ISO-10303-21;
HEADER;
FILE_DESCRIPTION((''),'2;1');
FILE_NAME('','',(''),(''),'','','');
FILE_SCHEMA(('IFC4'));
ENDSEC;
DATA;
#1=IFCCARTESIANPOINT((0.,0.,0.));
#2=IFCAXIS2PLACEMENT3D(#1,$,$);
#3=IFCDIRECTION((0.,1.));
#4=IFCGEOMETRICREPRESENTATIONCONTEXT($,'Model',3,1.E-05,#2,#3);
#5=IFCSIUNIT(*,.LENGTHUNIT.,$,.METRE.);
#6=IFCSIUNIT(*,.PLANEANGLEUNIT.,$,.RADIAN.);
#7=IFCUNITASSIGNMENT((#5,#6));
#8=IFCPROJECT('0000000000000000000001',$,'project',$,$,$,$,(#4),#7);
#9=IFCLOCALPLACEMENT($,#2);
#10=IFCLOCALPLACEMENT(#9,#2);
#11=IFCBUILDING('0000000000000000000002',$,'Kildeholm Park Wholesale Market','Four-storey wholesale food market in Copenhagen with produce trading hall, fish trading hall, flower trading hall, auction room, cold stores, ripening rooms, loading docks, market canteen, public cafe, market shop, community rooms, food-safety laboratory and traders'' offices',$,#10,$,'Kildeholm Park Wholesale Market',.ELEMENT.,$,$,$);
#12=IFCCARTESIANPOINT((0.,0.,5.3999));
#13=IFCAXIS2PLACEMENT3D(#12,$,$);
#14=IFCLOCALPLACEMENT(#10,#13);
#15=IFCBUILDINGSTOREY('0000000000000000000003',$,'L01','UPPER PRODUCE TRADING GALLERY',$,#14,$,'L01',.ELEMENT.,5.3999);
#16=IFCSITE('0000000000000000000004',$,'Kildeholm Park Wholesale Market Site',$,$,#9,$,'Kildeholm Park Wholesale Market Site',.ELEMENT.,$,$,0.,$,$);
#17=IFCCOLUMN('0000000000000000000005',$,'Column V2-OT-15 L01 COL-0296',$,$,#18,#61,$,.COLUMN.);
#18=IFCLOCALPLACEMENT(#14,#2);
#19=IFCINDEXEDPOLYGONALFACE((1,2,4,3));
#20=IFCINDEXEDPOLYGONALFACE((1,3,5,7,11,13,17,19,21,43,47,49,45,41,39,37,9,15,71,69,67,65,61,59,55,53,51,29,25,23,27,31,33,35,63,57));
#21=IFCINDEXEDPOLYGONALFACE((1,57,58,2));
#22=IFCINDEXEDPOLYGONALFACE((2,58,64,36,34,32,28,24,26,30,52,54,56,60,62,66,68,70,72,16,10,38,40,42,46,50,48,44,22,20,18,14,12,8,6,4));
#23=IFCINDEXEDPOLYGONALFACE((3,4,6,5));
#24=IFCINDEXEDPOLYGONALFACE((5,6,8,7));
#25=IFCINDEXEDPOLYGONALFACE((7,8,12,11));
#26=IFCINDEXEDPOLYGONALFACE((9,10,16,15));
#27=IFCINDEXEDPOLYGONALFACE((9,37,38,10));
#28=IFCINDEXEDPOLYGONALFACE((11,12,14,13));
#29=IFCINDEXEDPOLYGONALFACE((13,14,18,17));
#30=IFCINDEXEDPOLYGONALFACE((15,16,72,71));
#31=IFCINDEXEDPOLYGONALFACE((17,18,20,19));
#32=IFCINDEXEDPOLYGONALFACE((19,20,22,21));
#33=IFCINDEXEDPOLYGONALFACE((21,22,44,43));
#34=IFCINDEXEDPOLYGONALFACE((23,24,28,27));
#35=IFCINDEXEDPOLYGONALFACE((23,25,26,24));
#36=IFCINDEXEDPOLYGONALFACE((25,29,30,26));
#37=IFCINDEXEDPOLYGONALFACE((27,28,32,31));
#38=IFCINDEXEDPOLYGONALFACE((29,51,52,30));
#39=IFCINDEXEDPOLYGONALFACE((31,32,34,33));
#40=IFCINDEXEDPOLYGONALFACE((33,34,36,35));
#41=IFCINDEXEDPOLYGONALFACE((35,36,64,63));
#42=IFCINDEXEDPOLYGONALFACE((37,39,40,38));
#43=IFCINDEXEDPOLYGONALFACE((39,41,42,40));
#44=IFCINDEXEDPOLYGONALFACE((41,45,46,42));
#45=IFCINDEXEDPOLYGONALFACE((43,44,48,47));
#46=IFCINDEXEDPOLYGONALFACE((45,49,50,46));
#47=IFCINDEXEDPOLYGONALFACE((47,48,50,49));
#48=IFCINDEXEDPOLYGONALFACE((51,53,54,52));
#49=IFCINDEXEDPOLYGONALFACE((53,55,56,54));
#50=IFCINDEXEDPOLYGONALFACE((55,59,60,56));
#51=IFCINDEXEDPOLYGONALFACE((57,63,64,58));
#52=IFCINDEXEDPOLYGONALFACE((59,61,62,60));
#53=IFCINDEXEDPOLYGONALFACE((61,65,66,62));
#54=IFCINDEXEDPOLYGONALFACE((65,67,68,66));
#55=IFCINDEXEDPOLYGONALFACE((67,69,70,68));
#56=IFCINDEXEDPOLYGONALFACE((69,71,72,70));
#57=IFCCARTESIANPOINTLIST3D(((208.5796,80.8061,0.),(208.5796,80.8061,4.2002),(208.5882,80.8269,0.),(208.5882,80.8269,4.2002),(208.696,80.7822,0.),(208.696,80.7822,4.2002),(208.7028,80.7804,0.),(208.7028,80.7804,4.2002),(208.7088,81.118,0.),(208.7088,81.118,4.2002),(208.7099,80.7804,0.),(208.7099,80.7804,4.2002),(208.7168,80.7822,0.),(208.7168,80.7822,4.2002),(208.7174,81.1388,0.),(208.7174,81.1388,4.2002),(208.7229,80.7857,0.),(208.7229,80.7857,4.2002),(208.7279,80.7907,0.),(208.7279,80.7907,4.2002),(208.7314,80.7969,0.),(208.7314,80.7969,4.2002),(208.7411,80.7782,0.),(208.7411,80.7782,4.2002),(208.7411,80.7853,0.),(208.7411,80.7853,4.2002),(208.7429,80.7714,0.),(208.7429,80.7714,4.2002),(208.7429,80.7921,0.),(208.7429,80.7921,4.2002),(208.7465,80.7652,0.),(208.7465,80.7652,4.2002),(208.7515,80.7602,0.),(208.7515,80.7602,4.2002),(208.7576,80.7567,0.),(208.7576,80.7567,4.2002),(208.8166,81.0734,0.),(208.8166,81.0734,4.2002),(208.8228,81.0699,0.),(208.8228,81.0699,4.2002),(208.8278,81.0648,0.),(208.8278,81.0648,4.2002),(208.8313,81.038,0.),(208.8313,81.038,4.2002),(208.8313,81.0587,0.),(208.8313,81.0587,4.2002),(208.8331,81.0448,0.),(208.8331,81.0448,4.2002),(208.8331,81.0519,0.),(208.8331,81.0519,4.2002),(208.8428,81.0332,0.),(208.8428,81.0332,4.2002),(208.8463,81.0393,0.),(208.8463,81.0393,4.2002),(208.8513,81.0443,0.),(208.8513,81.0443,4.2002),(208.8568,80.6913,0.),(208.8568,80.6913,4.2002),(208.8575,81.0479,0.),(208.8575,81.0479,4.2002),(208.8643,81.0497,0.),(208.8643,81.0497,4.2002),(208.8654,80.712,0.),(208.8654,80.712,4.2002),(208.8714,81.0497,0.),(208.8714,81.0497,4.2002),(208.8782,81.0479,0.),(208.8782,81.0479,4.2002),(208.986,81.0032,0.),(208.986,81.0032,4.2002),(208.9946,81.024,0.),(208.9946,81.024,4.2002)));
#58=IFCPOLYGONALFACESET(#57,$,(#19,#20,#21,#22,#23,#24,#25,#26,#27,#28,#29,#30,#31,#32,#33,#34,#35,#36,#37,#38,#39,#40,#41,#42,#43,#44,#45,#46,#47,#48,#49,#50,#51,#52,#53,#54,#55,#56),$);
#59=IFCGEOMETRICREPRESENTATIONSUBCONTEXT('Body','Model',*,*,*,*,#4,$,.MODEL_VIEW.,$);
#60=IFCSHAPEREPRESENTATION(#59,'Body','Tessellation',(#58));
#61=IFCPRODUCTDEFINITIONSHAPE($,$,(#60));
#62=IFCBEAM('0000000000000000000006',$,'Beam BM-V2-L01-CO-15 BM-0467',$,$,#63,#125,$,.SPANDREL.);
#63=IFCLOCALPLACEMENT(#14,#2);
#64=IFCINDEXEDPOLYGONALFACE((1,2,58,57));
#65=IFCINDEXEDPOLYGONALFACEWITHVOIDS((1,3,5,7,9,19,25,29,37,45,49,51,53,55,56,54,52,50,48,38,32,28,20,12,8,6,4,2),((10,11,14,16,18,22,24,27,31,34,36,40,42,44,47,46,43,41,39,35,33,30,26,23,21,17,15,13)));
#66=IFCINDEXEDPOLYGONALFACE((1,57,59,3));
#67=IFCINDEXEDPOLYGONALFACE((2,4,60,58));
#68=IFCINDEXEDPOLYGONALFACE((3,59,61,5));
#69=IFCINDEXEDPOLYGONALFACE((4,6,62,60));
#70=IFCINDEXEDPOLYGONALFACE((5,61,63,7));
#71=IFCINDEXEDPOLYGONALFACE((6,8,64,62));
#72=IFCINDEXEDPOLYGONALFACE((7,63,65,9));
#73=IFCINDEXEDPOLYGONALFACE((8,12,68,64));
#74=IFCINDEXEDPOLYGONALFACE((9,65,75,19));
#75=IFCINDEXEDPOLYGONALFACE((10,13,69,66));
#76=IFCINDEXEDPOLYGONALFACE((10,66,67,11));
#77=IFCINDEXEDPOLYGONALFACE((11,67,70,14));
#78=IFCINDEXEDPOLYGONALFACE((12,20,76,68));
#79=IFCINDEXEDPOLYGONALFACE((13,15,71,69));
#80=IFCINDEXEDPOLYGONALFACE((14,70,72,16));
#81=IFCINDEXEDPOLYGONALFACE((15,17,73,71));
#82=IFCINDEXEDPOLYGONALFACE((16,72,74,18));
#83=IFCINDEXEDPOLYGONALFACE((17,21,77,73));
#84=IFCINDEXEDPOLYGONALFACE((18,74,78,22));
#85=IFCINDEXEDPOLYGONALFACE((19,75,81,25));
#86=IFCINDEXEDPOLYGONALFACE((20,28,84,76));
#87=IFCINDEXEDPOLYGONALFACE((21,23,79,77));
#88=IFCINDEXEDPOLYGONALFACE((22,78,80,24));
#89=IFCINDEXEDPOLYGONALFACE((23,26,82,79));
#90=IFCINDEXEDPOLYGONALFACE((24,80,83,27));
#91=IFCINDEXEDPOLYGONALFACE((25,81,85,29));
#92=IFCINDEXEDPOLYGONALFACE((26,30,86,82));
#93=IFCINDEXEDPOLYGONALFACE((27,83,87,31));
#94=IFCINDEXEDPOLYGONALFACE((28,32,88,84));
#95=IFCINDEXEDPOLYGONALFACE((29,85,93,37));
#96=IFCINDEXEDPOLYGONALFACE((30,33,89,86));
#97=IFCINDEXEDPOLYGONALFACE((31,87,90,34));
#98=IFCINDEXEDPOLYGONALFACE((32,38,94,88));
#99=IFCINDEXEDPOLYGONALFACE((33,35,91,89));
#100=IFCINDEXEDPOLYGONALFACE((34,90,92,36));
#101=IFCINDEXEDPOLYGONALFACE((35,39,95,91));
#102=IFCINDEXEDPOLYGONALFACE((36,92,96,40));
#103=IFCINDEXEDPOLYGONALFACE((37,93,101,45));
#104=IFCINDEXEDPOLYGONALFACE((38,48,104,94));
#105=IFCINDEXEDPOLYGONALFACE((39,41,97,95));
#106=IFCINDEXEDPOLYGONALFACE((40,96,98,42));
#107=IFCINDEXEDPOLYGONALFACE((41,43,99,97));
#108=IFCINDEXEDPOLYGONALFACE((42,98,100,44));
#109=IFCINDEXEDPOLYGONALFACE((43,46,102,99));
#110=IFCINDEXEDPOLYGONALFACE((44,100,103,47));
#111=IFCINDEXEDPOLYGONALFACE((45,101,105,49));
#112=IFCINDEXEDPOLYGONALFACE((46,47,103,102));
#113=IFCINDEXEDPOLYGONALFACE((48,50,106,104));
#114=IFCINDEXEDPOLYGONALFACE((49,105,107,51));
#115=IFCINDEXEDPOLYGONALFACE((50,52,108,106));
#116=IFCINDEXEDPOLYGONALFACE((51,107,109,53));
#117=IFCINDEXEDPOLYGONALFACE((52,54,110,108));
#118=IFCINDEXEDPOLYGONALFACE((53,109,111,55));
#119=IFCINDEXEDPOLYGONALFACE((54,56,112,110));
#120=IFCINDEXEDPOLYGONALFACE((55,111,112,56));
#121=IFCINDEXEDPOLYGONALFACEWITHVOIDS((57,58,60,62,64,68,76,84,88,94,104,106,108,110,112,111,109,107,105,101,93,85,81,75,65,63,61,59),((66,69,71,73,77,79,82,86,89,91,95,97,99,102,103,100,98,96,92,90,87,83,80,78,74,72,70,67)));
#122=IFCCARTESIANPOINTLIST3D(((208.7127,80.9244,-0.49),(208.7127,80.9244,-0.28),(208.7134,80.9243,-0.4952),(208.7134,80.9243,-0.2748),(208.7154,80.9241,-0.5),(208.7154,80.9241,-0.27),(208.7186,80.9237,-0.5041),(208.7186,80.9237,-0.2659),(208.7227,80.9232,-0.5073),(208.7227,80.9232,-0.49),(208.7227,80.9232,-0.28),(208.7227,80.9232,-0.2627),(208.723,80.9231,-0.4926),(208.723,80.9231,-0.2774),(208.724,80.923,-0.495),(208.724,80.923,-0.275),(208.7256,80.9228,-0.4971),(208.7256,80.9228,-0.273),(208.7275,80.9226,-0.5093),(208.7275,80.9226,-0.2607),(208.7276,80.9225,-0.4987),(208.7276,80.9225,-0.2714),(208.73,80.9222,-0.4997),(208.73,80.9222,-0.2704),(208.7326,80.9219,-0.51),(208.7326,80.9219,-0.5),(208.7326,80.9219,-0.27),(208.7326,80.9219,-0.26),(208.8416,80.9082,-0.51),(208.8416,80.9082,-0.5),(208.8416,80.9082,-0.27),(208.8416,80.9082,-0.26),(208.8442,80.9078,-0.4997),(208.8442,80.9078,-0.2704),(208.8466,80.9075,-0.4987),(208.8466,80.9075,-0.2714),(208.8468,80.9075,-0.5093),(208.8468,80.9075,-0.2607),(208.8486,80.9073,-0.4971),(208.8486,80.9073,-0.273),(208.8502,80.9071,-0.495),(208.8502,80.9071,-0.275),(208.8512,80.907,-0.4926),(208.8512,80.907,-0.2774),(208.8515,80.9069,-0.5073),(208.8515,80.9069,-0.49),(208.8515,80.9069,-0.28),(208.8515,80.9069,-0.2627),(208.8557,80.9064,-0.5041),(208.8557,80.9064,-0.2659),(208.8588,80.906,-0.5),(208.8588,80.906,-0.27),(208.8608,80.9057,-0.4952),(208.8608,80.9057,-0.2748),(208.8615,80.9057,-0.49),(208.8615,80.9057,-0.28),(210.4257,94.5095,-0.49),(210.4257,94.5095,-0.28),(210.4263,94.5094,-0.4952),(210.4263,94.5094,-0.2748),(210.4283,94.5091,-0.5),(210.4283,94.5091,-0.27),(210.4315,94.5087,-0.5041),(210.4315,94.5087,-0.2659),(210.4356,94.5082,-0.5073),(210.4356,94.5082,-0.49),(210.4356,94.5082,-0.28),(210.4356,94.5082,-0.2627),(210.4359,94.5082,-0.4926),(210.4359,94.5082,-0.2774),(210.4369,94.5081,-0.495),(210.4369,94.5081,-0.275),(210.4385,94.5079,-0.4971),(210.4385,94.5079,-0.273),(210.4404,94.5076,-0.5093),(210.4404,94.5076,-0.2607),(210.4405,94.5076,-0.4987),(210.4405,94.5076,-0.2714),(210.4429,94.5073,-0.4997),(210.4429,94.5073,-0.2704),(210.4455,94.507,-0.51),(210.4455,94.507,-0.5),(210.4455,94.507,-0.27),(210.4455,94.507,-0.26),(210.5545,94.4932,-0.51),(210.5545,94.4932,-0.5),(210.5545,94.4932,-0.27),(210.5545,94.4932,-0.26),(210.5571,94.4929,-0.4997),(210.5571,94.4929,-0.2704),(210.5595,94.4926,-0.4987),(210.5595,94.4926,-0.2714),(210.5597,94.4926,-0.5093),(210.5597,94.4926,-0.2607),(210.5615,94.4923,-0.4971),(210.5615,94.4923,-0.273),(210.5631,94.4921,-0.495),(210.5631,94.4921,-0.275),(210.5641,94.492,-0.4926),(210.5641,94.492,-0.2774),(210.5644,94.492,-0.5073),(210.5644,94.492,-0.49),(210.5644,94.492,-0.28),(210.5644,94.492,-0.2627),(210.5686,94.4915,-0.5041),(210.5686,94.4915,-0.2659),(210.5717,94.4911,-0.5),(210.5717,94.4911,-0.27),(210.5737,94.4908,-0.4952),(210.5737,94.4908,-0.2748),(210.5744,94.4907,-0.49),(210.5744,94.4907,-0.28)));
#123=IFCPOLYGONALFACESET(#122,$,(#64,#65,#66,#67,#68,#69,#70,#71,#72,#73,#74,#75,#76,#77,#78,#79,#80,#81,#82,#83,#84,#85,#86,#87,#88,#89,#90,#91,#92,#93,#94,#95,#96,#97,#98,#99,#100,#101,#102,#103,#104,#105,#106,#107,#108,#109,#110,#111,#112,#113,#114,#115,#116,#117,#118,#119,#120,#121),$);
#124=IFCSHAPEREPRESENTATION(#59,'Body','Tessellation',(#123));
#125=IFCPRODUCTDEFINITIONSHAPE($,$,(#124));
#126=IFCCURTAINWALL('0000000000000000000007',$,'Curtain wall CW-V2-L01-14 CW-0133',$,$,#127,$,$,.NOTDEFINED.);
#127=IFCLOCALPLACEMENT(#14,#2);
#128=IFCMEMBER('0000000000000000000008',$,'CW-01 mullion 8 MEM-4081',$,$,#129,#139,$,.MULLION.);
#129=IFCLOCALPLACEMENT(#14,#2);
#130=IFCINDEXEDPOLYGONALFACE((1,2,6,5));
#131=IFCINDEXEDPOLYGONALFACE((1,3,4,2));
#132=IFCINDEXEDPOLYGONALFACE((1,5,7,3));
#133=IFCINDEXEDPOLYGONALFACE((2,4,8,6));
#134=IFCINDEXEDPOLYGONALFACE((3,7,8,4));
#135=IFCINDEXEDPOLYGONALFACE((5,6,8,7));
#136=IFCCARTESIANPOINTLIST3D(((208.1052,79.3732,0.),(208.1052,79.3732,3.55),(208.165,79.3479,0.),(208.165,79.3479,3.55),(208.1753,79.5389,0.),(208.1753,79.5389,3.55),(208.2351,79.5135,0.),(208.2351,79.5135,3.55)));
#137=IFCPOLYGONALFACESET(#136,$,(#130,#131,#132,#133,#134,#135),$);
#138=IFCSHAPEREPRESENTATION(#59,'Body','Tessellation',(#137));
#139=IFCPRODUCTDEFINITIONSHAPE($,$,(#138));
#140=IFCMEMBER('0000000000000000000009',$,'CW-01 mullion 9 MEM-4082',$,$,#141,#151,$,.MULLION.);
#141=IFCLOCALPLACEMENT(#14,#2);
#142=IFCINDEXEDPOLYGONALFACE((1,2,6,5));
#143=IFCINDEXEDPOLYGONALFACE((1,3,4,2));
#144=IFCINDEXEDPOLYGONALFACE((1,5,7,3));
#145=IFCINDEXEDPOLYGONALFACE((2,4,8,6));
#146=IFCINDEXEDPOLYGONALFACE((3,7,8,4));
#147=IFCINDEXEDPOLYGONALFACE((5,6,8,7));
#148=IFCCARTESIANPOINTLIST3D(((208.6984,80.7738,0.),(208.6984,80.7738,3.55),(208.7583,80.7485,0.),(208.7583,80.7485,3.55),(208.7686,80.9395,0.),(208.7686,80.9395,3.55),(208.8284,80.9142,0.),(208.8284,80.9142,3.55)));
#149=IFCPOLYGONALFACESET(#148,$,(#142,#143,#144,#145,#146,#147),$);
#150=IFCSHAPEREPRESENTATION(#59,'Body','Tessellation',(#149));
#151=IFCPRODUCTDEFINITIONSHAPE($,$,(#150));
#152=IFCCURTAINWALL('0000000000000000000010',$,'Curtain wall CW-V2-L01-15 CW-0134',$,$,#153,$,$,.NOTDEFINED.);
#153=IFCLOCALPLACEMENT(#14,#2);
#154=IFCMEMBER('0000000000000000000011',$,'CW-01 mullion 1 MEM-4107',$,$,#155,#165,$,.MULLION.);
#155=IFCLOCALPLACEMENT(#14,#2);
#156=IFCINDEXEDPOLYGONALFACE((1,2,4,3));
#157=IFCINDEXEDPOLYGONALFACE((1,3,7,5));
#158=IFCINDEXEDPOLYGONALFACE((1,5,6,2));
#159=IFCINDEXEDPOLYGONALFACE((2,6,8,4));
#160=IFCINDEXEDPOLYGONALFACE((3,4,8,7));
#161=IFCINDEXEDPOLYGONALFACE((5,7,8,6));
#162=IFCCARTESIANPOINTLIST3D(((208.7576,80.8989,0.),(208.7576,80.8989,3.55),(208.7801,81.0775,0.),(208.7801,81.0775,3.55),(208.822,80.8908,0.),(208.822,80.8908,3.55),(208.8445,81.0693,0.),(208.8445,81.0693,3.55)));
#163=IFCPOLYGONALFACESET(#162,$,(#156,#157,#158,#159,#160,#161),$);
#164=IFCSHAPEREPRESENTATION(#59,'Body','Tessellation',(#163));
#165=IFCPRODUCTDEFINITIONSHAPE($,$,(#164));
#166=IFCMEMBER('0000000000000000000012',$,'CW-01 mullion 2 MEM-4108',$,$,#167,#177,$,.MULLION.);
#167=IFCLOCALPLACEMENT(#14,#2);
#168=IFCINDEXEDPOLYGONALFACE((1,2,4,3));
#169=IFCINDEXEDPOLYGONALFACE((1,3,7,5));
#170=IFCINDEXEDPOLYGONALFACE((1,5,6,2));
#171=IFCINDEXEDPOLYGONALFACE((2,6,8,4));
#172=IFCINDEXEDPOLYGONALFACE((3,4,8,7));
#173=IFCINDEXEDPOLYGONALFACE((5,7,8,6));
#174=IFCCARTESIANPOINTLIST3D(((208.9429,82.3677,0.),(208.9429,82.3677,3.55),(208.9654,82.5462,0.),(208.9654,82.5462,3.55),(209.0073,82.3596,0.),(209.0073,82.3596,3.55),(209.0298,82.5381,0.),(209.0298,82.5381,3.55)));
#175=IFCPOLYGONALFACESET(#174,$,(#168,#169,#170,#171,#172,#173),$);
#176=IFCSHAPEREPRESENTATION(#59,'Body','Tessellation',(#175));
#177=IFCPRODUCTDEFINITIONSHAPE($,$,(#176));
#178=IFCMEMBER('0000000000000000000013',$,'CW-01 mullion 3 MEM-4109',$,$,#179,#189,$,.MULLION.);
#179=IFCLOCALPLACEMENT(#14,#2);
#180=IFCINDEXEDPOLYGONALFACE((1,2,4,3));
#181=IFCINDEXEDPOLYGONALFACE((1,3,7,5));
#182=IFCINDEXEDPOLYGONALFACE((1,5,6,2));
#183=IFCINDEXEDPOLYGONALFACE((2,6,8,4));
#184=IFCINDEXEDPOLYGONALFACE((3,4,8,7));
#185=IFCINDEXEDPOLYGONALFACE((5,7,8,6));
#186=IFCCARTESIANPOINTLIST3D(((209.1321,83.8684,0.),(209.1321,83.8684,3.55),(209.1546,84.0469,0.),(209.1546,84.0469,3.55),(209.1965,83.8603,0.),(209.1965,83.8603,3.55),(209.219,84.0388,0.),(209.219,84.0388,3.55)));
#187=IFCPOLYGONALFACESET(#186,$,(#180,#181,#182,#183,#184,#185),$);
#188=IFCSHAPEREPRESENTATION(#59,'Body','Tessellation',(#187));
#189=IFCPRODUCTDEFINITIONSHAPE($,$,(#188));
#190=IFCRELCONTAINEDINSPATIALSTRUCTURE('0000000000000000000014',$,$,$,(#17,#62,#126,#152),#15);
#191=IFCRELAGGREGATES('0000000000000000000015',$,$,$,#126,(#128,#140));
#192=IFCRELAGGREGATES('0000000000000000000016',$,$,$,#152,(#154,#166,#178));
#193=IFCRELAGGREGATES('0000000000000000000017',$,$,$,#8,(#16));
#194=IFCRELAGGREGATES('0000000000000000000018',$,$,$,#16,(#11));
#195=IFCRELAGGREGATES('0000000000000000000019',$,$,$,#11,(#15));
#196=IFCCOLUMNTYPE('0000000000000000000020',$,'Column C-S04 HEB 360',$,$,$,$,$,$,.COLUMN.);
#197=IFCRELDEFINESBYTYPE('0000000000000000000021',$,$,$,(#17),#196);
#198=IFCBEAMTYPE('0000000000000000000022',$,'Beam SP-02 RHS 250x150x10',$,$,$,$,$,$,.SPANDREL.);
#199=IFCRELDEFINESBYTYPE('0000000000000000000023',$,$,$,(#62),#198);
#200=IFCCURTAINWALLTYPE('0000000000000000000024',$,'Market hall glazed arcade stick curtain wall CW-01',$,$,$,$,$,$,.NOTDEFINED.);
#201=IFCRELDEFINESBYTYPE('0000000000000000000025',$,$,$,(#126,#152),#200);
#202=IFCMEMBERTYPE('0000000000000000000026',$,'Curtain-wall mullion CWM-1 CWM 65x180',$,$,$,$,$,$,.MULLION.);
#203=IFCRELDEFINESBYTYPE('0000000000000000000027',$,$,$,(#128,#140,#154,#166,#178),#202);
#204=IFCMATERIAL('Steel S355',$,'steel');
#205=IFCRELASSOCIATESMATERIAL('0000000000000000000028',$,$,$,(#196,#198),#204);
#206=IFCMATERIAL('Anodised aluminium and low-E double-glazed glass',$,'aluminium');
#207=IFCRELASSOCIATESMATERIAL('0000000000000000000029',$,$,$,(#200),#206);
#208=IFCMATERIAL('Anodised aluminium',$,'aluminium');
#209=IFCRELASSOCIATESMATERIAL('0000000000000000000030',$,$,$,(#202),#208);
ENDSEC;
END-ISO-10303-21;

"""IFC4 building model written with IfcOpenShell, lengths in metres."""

from ifc_helpers import new_model, si_unit, direction, frame, origin, origin_2d, place, context, subcontext, project, spatial, rectangle, hollow_rectangle, i_section, extrude, material, material_profile, profile_set, type_object, element, aggregate, save


model = new_model("IFC4")

# Units and contexts
model_context = context("Model", 3, precision=1e-05, world=origin(), true_north=direction((0.0, 1.0)))
body_context = subcontext(model_context, "Body", "Model", "MODEL_VIEW")
ifc_project = project(units=[si_unit("LENGTHUNIT", "METRE"), si_unit("PLANEANGLEUNIT", "RADIAN")], contexts=[model_context])

# Site, building, storey
site_placement = place(None, origin())
site = spatial("IfcSite", under=ifc_project, at=site_placement, Name="Kildeholm Park Wholesale Market Site", LongName="Kildeholm Park Wholesale Market Site", CompositionType="ELEMENT", RefElevation=0.0)
building_placement = place(site_placement, origin())
building = spatial("IfcBuilding", under=site, at=building_placement, Name="Kildeholm Park Wholesale Market", Description="Four-storey wholesale food market in Copenhagen with produce trading hall, fish trading hall, flower trading hall, auction room, cold stores, ripening rooms, loading docks, market canteen, public cafe, market shop, community rooms, food-safety laboratory and traders' offices", LongName="Kildeholm Park Wholesale Market", CompositionType="ELEMENT")
storey_placement = place(building_placement, frame((0.0, 0.0, 5.3999)))
storey = spatial("IfcBuildingStorey", under=building, at=storey_placement, Name="L01", Description="UPPER PRODUCE TRADING GALLERY", LongName="L01", CompositionType="ELEMENT", Elevation=5.3999)

# Column
ifc_material_1 = material(Name="Steel S355", Category="steel")
ifc_material_profile_1 = material_profile(ifc_material_1, i_section(OverallWidth=0.3, OverallDepth=0.3601, WebThickness=0.0125, FlangeThickness=0.0225, FilletRadius=0.0271, at=origin_2d()), Name="HEB 360")
ifc_profile_set_1 = profile_set([ifc_material_profile_1], Name="Steel S355")
column_type = type_object("IfcColumnType", Name="Column C-S04 HEB 360", PredefinedType="COLUMN", material=ifc_profile_set_1)
column_placement = place(storey_placement, frame((208.7871, 80.915, 0.0), z_axis=(0.0, 0.0, 1.0), x_axis=(0.92388, -0.382683, 0.0)))
element("IfcColumn", 1, at=column_placement, inside=storey, type_object=column_type, Name="Column V2-OT-15 L01 COL-0296", PredefinedType="COLUMN", context=body_context, shape_type="SweptSolid", body=[
    extrude(i_section(OverallWidth=0.3, OverallDepth=0.3601, WebThickness=0.0125, FlangeThickness=0.0225, FilletRadius=0.0271, at=origin_2d()), origin(), (0.0, 0.0, 1.0), 4.2002),
])

# Beam
ifc_material_profile_2 = material_profile(ifc_material_1, hollow_rectangle(XDim=0.1499, YDim=0.25, WallThickness=0.01, InnerFilletRadius=0.01, OuterFilletRadius=0.02, at=origin_2d()), Name="RHS 250x150x10")
ifc_profile_set_2 = profile_set([ifc_material_profile_2], Name="Steel S355")
beam_type = type_object("IfcBeamType", Name="Beam SP-02 RHS 250x150x10", PredefinedType="SPANDREL", material=ifc_profile_set_2)
beam_placement = place(storey_placement, frame((208.7871, 80.915, -0.385), z_axis=(0.125097, 0.992145, 0.0), x_axis=(-0.992145, 0.125097, 0.0)))
element("IfcBeam", 2, at=beam_placement, inside=storey, type_object=beam_type, Name="Beam BM-V2-L01-CO-15 BM-0467", PredefinedType="SPANDREL", context=body_context, shape_type="SweptSolid", body=[
    extrude(hollow_rectangle(XDim=0.1499, YDim=0.25, WallThickness=0.01, InnerFilletRadius=0.01, OuterFilletRadius=0.02, at=origin_2d()), origin(), (0.0, 0.0, 1.0), 13.6926),
])

# Curtain walls, members
ifc_material_2 = material(Name="Anodised aluminium and low-E double-glazed glass", Category="aluminium")
curtain_wall_type = type_object("IfcCurtainWallType", Name="Market hall glazed arcade stick curtain wall CW-01", PredefinedType="NOTDEFINED", material=ifc_material_2)
curtain_wall_1_placement = place(storey_placement, origin())
curtain_wall_1 = element("IfcCurtainWall", 3, at=curtain_wall_1_placement, inside=storey, type_object=curtain_wall_type, Name="Curtain wall CW-V2-L01-14 CW-0133", PredefinedType="NOTDEFINED")
ifc_material_3 = material(Name="Anodised aluminium", Category="aluminium")
ifc_material_profile_3 = material_profile(ifc_material_3, rectangle(XDim=0.0649, YDim=0.1799, at=origin_2d()), Name="CWM 65x180")
ifc_profile_set_3 = profile_set([ifc_material_profile_3], Name="Anodised aluminium")
member_type_1 = type_object("IfcMemberType", Name="Curtain-wall mullion CWM-1 CWM 65x180", PredefinedType="MULLION", material=ifc_profile_set_3)
member_1_placement = place(storey_placement, frame((208.1702, 79.4434, 0.0), z_axis=(0.0, 0.0, 1.0), x_axis=(-0.920855, 0.389905, 0.0)))
member_1 = element("IfcMember", 4, at=member_1_placement, type_object=member_type_1, Name="CW-01 mullion 8 MEM-4081", PredefinedType="MULLION", context=body_context, shape_type="SweptSolid", body=[
    extrude(rectangle(XDim=0.0649, YDim=0.1799, at=origin_2d()), origin(), (0.0, 0.0, 1.0), 3.55),
])
member_2_placement = place(storey_placement, frame((208.7634, 80.844, 0.0), z_axis=(0.0, 0.0, 1.0), x_axis=(-0.920855, 0.389905, 0.0)))
member_2 = element("IfcMember", 5, at=member_2_placement, type_object=member_type_1, Name="CW-01 mullion 9 MEM-4082", PredefinedType="MULLION", context=body_context, shape_type="SweptSolid", body=[
    extrude(rectangle(XDim=0.0649, YDim=0.1799, at=origin_2d()), origin(), (0.0, 0.0, 1.0), 3.55),
])
curtain_wall_2_placement = place(storey_placement, origin())
curtain_wall_2 = element("IfcCurtainWall", 6, at=curtain_wall_2_placement, inside=storey, type_object=curtain_wall_type, Name="Curtain wall CW-V2-L01-15 CW-0134", PredefinedType="NOTDEFINED")
member_3_placement = place(storey_placement, frame((208.801, 80.9841, 0.0), z_axis=(0.0, 0.0, 1.0), x_axis=(-0.992145, 0.125092, 0.0)))
member_3 = element("IfcMember", 7, at=member_3_placement, type_object=member_type_1, Name="CW-01 mullion 1 MEM-4107", PredefinedType="MULLION", context=body_context, shape_type="SweptSolid", body=[
    extrude(rectangle(XDim=0.0649, YDim=0.1799, at=origin_2d()), origin(), (0.0, 0.0, 1.0), 3.55),
])
member_4_placement = place(storey_placement, frame((208.9863, 82.4529, 0.0), z_axis=(0.0, 0.0, 1.0), x_axis=(-0.992145, 0.125092, 0.0)))
member_4 = element("IfcMember", 8, at=member_4_placement, type_object=member_type_1, Name="CW-01 mullion 2 MEM-4108", PredefinedType="MULLION", context=body_context, shape_type="SweptSolid", body=[
    extrude(rectangle(XDim=0.0649, YDim=0.1799, at=origin_2d()), origin(), (0.0, 0.0, 1.0), 3.55),
])
member_5_placement = place(storey_placement, frame((209.1755, 83.9536, 0.0), z_axis=(0.0, 0.0, 1.0), x_axis=(-0.992145, 0.125092, 0.0)))
member_5 = element("IfcMember", 9, at=member_5_placement, type_object=member_type_1, Name="CW-01 mullion 3 MEM-4109", PredefinedType="MULLION", context=body_context, shape_type="SweptSolid", body=[
    extrude(rectangle(XDim=0.0649, YDim=0.1799, at=origin_2d()), origin(), (0.0, 0.0, 1.0), 3.55),
])

aggregate(curtain_wall_1, [member_1, member_2])
aggregate(curtain_wall_2, [member_3, member_4, member_5])

save(model, "model.ifc")
